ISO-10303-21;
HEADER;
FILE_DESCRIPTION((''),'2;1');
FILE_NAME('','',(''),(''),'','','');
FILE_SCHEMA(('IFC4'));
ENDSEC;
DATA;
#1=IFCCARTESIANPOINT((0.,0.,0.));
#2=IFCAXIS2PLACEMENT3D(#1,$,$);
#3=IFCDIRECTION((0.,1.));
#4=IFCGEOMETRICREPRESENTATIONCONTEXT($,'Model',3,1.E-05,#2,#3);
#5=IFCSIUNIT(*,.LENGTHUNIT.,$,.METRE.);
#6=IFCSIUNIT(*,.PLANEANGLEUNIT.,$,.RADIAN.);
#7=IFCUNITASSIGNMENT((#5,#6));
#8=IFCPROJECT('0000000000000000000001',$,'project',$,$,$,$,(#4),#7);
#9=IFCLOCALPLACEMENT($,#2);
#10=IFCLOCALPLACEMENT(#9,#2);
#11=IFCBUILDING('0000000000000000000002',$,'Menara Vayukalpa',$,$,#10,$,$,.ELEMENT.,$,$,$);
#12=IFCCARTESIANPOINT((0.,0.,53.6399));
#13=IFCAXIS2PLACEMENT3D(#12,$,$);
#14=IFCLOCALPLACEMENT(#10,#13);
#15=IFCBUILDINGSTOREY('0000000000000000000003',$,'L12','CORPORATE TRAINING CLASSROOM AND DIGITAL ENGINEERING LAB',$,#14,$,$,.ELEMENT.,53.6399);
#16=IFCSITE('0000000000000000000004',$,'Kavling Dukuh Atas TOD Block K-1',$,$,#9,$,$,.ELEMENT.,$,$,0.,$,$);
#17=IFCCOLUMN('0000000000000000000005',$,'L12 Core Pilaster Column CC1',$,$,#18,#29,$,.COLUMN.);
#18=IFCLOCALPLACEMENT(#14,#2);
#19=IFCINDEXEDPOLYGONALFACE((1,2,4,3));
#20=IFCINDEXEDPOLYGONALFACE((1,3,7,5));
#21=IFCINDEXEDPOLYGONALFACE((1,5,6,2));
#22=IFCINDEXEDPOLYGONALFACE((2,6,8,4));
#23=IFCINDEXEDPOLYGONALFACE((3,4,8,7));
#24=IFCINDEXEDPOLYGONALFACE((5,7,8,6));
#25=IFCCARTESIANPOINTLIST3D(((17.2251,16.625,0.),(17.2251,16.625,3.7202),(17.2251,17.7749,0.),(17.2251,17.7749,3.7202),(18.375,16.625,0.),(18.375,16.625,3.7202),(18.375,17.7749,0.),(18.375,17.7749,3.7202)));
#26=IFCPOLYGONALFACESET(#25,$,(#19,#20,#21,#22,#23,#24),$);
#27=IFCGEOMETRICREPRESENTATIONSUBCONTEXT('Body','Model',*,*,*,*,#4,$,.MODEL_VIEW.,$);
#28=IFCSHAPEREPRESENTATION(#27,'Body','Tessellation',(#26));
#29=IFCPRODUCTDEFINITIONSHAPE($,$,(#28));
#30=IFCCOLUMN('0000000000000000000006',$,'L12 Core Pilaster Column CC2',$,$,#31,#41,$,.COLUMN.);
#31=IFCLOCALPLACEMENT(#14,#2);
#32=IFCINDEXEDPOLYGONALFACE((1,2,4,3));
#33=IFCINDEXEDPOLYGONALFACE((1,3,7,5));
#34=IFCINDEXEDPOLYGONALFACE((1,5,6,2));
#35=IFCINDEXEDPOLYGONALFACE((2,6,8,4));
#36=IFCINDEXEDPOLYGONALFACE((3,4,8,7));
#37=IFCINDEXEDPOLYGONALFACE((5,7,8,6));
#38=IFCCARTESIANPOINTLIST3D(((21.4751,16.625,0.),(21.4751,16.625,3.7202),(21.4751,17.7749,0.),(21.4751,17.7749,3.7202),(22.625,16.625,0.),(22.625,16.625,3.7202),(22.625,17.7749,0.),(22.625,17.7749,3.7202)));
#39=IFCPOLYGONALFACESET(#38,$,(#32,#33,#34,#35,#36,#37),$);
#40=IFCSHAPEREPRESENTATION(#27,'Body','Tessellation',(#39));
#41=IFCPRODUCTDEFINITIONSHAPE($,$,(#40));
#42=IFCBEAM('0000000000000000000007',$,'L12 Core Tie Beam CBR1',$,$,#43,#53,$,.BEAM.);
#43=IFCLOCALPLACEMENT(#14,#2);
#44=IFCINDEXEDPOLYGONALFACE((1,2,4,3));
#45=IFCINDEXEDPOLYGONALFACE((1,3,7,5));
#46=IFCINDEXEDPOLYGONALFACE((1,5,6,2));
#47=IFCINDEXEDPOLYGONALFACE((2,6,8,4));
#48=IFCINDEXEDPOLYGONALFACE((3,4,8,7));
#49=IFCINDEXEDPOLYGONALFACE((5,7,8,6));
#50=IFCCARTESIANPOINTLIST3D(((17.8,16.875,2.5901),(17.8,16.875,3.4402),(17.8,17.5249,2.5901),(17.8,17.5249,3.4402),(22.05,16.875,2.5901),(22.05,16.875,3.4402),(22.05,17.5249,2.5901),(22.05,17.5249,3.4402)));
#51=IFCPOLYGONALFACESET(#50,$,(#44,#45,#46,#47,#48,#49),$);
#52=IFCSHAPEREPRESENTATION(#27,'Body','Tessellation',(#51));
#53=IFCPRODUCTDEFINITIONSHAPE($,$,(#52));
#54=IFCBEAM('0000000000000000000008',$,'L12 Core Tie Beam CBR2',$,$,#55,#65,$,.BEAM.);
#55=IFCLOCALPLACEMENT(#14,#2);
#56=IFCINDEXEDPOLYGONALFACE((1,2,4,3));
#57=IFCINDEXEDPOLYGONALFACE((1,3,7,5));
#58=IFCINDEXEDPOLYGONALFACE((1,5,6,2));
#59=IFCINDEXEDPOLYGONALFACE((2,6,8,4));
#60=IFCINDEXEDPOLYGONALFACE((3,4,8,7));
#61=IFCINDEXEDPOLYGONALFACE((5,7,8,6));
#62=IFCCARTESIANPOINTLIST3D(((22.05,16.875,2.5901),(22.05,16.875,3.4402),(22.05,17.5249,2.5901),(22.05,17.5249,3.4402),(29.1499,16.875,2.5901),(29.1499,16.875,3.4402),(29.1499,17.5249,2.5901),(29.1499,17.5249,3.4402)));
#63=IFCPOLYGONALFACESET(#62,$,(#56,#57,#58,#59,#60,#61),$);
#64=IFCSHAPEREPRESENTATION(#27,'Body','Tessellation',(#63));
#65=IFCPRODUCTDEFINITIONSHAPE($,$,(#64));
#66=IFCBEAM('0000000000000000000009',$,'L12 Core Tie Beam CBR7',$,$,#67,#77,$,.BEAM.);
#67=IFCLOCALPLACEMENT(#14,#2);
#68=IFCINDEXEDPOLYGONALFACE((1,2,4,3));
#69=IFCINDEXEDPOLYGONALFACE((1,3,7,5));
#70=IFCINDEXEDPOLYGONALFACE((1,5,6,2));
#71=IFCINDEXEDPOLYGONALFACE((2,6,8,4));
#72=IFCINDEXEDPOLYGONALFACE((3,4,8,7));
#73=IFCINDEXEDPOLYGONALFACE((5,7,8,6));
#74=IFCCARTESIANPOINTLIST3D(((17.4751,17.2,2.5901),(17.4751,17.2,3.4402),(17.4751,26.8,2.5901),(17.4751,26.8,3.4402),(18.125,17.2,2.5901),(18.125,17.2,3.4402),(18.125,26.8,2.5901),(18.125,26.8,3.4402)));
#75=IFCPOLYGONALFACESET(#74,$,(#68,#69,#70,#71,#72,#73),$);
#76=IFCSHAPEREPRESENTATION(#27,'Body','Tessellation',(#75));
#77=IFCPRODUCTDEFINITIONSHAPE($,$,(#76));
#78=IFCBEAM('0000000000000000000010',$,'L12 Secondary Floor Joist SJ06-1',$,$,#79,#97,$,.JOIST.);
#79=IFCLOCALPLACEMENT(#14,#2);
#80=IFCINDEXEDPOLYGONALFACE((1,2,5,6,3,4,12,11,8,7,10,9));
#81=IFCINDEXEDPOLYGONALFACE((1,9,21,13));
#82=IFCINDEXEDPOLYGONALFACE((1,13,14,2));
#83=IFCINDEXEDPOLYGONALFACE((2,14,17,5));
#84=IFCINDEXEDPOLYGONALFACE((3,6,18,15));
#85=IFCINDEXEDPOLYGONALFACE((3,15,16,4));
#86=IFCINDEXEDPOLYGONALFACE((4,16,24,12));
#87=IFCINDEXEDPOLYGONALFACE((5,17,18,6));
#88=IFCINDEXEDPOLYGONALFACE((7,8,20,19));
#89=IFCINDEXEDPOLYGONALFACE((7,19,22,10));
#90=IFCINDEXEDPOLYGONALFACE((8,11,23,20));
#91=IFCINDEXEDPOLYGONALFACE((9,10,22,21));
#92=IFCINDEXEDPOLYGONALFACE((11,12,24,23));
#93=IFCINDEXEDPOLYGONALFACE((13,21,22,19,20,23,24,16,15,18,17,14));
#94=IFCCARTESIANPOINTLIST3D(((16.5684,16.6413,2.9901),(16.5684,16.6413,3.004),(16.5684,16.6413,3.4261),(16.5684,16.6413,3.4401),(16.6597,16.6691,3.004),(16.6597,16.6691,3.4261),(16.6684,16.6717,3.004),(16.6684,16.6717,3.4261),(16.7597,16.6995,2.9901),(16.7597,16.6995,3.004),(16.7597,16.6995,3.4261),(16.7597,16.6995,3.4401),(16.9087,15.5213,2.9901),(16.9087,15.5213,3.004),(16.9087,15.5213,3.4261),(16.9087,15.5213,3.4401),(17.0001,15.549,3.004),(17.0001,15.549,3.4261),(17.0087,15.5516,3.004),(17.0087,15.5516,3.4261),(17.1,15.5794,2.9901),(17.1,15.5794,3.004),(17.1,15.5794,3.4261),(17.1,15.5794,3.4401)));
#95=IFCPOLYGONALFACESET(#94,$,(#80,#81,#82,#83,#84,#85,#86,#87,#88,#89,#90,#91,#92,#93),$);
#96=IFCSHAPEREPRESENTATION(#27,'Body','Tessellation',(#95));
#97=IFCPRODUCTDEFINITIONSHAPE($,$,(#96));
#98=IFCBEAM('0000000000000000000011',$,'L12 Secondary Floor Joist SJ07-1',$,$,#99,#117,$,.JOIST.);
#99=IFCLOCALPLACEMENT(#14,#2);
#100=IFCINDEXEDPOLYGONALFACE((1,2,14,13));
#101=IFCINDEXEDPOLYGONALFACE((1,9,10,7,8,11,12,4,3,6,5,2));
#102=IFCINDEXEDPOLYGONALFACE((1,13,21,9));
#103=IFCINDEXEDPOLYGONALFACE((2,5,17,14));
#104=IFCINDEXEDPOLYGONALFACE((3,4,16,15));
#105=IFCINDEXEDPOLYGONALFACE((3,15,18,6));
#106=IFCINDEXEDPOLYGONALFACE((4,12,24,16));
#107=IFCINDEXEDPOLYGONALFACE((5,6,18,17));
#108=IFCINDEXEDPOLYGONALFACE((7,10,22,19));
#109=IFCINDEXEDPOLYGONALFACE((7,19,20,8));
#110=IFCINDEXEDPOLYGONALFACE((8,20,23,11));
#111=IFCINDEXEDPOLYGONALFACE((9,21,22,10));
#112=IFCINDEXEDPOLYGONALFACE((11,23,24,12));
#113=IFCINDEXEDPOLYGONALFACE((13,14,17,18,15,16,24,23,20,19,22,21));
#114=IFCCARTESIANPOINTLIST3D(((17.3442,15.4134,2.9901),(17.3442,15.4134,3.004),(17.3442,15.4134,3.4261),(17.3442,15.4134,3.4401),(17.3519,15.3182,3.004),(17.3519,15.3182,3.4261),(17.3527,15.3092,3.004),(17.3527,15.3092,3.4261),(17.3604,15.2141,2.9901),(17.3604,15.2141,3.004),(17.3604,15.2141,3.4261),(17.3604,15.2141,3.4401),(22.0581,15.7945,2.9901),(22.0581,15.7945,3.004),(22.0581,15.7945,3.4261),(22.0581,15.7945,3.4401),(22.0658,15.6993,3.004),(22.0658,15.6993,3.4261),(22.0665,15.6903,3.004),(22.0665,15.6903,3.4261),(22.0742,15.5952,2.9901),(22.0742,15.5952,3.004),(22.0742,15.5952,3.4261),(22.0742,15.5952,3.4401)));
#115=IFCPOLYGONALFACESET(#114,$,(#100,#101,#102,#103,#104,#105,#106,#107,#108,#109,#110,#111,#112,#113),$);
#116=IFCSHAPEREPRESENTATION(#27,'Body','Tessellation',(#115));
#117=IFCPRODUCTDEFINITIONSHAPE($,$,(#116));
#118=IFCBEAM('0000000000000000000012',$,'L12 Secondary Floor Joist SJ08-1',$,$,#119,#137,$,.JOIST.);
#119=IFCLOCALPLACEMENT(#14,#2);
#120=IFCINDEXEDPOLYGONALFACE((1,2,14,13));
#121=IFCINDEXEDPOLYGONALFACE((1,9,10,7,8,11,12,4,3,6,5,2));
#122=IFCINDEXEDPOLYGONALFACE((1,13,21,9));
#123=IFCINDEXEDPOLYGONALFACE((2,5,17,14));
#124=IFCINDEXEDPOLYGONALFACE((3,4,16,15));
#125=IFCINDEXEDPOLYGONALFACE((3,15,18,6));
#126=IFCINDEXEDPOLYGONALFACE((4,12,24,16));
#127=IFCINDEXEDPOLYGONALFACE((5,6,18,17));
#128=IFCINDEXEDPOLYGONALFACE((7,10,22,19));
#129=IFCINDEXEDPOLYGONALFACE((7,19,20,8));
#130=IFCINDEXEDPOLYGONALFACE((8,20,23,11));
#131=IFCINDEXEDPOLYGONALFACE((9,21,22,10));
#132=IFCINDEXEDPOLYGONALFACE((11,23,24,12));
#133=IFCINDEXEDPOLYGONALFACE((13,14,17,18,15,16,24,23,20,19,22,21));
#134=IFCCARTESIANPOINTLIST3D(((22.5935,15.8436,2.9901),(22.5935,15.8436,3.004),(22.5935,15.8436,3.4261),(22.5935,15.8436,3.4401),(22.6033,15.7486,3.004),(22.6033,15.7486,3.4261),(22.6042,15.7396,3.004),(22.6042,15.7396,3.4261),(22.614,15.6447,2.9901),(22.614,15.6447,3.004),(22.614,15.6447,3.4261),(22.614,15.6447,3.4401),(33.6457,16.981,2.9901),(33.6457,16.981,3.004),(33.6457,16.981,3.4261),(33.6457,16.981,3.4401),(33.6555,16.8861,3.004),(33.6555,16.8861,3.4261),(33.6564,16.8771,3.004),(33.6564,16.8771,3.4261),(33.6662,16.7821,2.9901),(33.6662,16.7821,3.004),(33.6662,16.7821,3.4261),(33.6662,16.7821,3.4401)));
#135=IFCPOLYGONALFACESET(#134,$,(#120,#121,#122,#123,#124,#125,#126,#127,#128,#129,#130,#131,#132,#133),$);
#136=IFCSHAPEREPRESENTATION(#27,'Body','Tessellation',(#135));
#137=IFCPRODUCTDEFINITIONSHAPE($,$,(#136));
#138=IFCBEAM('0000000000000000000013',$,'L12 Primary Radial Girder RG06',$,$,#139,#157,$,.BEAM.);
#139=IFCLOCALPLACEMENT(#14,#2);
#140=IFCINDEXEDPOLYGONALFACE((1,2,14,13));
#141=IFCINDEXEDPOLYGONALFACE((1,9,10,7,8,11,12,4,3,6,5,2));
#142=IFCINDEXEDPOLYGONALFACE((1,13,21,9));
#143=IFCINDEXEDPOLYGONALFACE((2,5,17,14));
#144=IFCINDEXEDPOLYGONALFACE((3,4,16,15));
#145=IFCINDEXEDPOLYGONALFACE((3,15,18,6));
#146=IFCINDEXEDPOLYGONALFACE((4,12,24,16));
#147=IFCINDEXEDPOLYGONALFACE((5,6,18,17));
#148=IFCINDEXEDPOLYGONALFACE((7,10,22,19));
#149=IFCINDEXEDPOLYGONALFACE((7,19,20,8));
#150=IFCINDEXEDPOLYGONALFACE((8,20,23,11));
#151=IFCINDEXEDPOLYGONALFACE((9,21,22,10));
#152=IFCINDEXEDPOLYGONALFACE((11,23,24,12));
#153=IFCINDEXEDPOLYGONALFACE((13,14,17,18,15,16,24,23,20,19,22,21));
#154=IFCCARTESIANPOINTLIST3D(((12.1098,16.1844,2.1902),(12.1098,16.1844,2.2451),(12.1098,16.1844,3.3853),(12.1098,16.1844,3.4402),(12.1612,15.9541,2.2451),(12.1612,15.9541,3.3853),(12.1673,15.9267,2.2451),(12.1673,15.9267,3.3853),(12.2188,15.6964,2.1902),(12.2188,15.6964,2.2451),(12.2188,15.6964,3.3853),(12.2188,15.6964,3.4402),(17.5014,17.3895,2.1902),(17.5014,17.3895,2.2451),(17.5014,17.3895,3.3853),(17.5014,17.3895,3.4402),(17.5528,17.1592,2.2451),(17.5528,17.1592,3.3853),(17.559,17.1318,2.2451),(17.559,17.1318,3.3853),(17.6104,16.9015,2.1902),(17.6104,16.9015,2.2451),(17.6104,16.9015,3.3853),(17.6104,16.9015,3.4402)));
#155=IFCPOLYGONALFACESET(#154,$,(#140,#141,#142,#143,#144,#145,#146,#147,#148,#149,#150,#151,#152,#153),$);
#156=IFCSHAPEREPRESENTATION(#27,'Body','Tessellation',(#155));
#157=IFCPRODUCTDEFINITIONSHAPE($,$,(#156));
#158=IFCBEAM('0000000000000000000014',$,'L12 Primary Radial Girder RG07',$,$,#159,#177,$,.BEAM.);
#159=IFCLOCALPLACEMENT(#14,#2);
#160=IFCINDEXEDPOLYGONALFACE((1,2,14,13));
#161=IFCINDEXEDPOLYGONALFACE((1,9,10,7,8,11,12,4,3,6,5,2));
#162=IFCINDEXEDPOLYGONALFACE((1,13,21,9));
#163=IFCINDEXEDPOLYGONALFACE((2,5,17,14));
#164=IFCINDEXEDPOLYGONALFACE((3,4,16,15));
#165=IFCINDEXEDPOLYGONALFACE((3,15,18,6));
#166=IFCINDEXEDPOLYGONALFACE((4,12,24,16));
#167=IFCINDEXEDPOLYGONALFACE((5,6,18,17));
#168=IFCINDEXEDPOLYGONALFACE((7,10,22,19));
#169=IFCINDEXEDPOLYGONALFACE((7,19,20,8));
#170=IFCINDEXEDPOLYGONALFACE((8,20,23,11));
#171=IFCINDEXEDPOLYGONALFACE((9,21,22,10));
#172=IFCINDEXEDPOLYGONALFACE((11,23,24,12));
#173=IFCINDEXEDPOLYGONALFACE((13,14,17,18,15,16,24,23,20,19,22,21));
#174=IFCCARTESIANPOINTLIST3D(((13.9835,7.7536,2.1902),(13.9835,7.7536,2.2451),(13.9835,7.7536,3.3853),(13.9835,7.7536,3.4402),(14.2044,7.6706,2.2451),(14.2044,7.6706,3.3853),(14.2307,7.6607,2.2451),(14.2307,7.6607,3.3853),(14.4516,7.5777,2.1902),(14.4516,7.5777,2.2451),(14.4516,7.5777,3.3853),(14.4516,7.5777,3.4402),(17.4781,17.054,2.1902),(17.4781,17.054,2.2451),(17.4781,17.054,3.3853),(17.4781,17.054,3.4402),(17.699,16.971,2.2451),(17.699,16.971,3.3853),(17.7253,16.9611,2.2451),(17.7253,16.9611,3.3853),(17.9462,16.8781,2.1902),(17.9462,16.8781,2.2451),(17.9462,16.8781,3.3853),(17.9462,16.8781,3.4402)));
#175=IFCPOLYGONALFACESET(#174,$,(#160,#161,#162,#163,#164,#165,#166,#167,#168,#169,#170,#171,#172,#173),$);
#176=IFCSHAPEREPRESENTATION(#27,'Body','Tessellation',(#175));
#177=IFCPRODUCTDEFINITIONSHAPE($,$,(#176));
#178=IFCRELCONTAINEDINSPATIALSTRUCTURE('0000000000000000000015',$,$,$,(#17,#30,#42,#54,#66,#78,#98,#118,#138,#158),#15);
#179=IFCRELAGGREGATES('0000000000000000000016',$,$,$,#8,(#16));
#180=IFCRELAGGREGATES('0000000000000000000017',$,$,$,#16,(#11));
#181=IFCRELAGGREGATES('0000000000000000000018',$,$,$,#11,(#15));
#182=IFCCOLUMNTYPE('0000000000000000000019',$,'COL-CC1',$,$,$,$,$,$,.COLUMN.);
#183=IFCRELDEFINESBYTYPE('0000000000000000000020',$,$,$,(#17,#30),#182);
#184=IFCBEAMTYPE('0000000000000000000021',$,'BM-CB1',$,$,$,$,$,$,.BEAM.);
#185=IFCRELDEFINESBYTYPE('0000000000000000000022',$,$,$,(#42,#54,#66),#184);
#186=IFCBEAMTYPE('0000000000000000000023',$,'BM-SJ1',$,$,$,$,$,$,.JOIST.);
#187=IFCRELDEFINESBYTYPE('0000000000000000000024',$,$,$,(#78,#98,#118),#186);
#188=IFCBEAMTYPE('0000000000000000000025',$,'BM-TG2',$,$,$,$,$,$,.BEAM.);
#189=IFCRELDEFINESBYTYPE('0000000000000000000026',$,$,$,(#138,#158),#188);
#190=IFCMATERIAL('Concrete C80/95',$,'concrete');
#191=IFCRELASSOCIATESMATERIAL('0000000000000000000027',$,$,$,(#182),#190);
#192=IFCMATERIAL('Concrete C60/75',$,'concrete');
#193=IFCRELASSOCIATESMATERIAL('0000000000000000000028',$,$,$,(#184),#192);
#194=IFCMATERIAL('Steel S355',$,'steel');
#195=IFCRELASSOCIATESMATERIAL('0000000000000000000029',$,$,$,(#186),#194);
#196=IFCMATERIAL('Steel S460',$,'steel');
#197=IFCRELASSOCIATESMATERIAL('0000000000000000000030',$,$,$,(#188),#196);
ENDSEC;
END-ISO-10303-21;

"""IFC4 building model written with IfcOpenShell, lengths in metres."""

from ifc_helpers import new_model, si_unit, direction, frame, origin, origin_2d, place, context, subcontext, project, spatial, rectangle, i_section, extrude, material, material_profile, profile_set, type_object, element, save


model = new_model("IFC4")

# Units and contexts
model_context = context("Model", 3, precision=1e-05, world=origin(), true_north=direction((0.0, 1.0)))
body_context = subcontext(model_context, "Body", "Model", "MODEL_VIEW")
ifc_project = project(units=[si_unit("LENGTHUNIT", "METRE"), si_unit("PLANEANGLEUNIT", "RADIAN")], contexts=[model_context])

# Site, building, storey
site_placement = place(None, origin())
site = spatial("IfcSite", under=ifc_project, at=site_placement, Name="Kavling Dukuh Atas TOD Block K-1", CompositionType="ELEMENT", RefElevation=0.0)
building_placement = place(site_placement, origin())
building = spatial("IfcBuilding", under=site, at=building_placement, Name="Menara Vayukalpa", CompositionType="ELEMENT")
storey_placement = place(building_placement, frame((0.0, 0.0, 53.6399)))
storey = spatial("IfcBuildingStorey", under=building, at=storey_placement, Name="L12", Description="CORPORATE TRAINING CLASSROOM AND DIGITAL ENGINEERING LAB", CompositionType="ELEMENT", Elevation=53.6399)

# Columns
ifc_material_1 = material(Name="Concrete C80/95", Category="concrete")
ifc_material_profile_1 = material_profile(ifc_material_1, rectangle(XDim=1.1499, YDim=1.1499, at=origin_2d()), Name="RC 1150x1150")
ifc_profile_set_1 = profile_set([ifc_material_profile_1], Name="Concrete C80/95")
column_type = type_object("IfcColumnType", Name="COL-CC1", PredefinedType="COLUMN", material=ifc_profile_set_1)
for number, where, z_axis, x_axis, name in (
    (1, (17.8, 17.2, 0.0), (0.0, 0.0, 1.0), (1.0, 0.0, 0.0), "L12 Core Pilaster Column CC1"),
    (2, (22.05, 17.2, 0.0), (0.0, 0.0, 1.0), (1.0, 0.0, 0.0), "L12 Core Pilaster Column CC2"),
):
    element("IfcColumn", number, at=place(storey_placement, frame(where, z_axis=z_axis, x_axis=x_axis)), inside=storey, type_object=column_type, Name=name, PredefinedType="COLUMN", context=body_context, shape_type="SweptSolid", body=[
        extrude(rectangle(XDim=1.1499, YDim=1.1499, at=origin_2d()), origin(), (0.0, 0.0, 1.0), 3.7202),
    ])

# Beams
ifc_material_2 = material(Name="Concrete C60/75", Category="concrete")
ifc_material_profile_2 = material_profile(ifc_material_2, rectangle(XDim=0.6499, YDim=0.8501, at=origin_2d()), Name="RC 650x850")
ifc_profile_set_2 = profile_set([ifc_material_profile_2], Name="Concrete C60/75")
beam_type_1 = type_object("IfcBeamType", Name="BM-CB1", PredefinedType="BEAM", material=ifc_profile_set_2)
beam_1_placement = place(storey_placement, frame((17.8, 17.2, 3.0151), z_axis=(1.0, 0.0, 0.0), x_axis=(0.0, 1.0, 0.0)))
element("IfcBeam", 3, at=beam_1_placement, inside=storey, type_object=beam_type_1, Name="L12 Core Tie Beam CBR1", PredefinedType="BEAM", context=body_context, shape_type="SweptSolid", body=[
    extrude(rectangle(XDim=0.6499, YDim=0.8501, at=origin_2d()), origin(), (0.0, 0.0, 1.0), 4.25),
])
beam_2_placement = place(storey_placement, frame((22.05, 17.2, 3.0151), z_axis=(1.0, 0.0, 0.0), x_axis=(0.0, 1.0, 0.0)))
element("IfcBeam", 4, at=beam_2_placement, inside=storey, type_object=beam_type_1, Name="L12 Core Tie Beam CBR2", PredefinedType="BEAM", context=body_context, shape_type="SweptSolid", body=[
    extrude(rectangle(XDim=0.6499, YDim=0.8501, at=origin_2d()), origin(), (0.0, 0.0, 1.0), 7.0999),
])
beam_3_placement = place(storey_placement, frame((17.8, 17.2, 3.0151), z_axis=(0.0, 1.0, 0.0), x_axis=(-1.0, 0.0, 0.0)))
element("IfcBeam", 5, at=beam_3_placement, inside=storey, type_object=beam_type_1, Name="L12 Core Tie Beam CBR7", PredefinedType="BEAM", context=body_context, shape_type="SweptSolid", body=[
    extrude(rectangle(XDim=0.6499, YDim=0.8501, at=origin_2d()), origin(), (0.0, 0.0, 1.0), 9.6001),
])
ifc_material_3 = material(Name="Steel S355", Category="steel")
ifc_material_profile_3 = material_profile(ifc_material_3, i_section(OverallWidth=0.2, OverallDepth=0.45, WebThickness=0.009, FlangeThickness=0.0139, at=origin_2d()), Name="WF 450x200x9x14")
ifc_profile_set_3 = profile_set([ifc_material_profile_3], Name="Steel S355")
beam_type_2 = type_object("IfcBeamType", Name="BM-SJ1", PredefinedType="JOIST", material=ifc_profile_set_3)
beam_4_placement = place(storey_placement, frame((16.6641, 16.6704, 3.2151), z_axis=(0.290713, -0.95681, 0.0), x_axis=(0.95681, 0.290713, 0.0)))
element("IfcBeam", 6, at=beam_4_placement, inside=storey, type_object=beam_type_2, Name="L12 Secondary Floor Joist SJ06-1", PredefinedType="JOIST", context=body_context, shape_type="SweptSolid", body=[
    extrude(i_section(OverallWidth=0.2, OverallDepth=0.45, WebThickness=0.009, FlangeThickness=0.0139, at=origin_2d()), origin(), (0.0, 0.0, 1.0), 1.1707),
])
beam_5_placement = place(storey_placement, frame((17.3523, 15.3137, 3.2151), z_axis=(0.996748, 0.080584, 0.0), x_axis=(-0.080584, 0.996748, 0.0)))
element("IfcBeam", 7, at=beam_5_placement, inside=storey, type_object=beam_type_2, Name="L12 Secondary Floor Joist SJ07-1", PredefinedType="JOIST", context=body_context, shape_type="SweptSolid", body=[
    extrude(i_section(OverallWidth=0.2, OverallDepth=0.45, WebThickness=0.009, FlangeThickness=0.0139, at=origin_2d()), origin(), (0.0, 0.0, 1.0), 4.7292),
])
beam_6_placement = place(storey_placement, frame((22.6038, 15.7441, 3.2151), z_axis=(0.994746, 0.102375, 0.0), x_axis=(-0.102375, 0.994746, 0.0)))
element("IfcBeam", 8, at=beam_6_placement, inside=storey, type_object=beam_type_2, Name="L12 Secondary Floor Joist SJ08-1", PredefinedType="JOIST", context=body_context, shape_type="SweptSolid", body=[
    extrude(i_section(OverallWidth=0.2, OverallDepth=0.45, WebThickness=0.009, FlangeThickness=0.0139, at=origin_2d()), origin(), (0.0, 0.0, 1.0), 11.1106),
])
ifc_material_4 = material(Name="Steel S460", Category="steel")
ifc_material_profile_4 = material_profile(ifc_material_4, i_section(OverallWidth=0.5, OverallDepth=1.25, WebThickness=0.0281, FlangeThickness=0.0549, at=origin_2d()), Name="WG 1250x500x28x55")
ifc_profile_set_4 = profile_set([ifc_material_profile_4], Name="Steel S460")
beam_type_3 = type_object("IfcBeamType", Name="BM-TG2", PredefinedType="BEAM", material=ifc_profile_set_4)
beam_7_placement = place(storey_placement, frame((17.5559, 17.1455, 2.8152), z_axis=(-0.97592, -0.218128, 0.0), x_axis=(0.218128, -0.97592, 0.0)))
element("IfcBeam", 9, at=beam_7_placement, inside=storey, type_object=beam_type_3, Name="L12 Primary Radial Girder RG06", PredefinedType="BEAM", context=body_context, shape_type="SweptSolid", body=[
    extrude(i_section(OverallWidth=0.5, OverallDepth=1.25, WebThickness=0.0281, FlangeThickness=0.0549, at=origin_2d()), origin(), (0.0, 0.0, 1.0), 5.5247),
])
beam_8_placement = place(storey_placement, frame((17.7122, 16.9661, 2.8152), z_axis=(-0.351735, -0.9361, 0.0), x_axis=(0.9361, -0.351735, 0.0)))
element("IfcBeam", 10, at=beam_8_placement, inside=storey, type_object=beam_type_3, Name="L12 Primary Radial Girder RG07", PredefinedType="BEAM", context=body_context, shape_type="SweptSolid", body=[
    extrude(i_section(OverallWidth=0.5, OverallDepth=1.25, WebThickness=0.0281, FlangeThickness=0.0549, at=origin_2d()), origin(), (0.0, 0.0, 1.0), 9.9353),
])

save(model, "model.ifc")
